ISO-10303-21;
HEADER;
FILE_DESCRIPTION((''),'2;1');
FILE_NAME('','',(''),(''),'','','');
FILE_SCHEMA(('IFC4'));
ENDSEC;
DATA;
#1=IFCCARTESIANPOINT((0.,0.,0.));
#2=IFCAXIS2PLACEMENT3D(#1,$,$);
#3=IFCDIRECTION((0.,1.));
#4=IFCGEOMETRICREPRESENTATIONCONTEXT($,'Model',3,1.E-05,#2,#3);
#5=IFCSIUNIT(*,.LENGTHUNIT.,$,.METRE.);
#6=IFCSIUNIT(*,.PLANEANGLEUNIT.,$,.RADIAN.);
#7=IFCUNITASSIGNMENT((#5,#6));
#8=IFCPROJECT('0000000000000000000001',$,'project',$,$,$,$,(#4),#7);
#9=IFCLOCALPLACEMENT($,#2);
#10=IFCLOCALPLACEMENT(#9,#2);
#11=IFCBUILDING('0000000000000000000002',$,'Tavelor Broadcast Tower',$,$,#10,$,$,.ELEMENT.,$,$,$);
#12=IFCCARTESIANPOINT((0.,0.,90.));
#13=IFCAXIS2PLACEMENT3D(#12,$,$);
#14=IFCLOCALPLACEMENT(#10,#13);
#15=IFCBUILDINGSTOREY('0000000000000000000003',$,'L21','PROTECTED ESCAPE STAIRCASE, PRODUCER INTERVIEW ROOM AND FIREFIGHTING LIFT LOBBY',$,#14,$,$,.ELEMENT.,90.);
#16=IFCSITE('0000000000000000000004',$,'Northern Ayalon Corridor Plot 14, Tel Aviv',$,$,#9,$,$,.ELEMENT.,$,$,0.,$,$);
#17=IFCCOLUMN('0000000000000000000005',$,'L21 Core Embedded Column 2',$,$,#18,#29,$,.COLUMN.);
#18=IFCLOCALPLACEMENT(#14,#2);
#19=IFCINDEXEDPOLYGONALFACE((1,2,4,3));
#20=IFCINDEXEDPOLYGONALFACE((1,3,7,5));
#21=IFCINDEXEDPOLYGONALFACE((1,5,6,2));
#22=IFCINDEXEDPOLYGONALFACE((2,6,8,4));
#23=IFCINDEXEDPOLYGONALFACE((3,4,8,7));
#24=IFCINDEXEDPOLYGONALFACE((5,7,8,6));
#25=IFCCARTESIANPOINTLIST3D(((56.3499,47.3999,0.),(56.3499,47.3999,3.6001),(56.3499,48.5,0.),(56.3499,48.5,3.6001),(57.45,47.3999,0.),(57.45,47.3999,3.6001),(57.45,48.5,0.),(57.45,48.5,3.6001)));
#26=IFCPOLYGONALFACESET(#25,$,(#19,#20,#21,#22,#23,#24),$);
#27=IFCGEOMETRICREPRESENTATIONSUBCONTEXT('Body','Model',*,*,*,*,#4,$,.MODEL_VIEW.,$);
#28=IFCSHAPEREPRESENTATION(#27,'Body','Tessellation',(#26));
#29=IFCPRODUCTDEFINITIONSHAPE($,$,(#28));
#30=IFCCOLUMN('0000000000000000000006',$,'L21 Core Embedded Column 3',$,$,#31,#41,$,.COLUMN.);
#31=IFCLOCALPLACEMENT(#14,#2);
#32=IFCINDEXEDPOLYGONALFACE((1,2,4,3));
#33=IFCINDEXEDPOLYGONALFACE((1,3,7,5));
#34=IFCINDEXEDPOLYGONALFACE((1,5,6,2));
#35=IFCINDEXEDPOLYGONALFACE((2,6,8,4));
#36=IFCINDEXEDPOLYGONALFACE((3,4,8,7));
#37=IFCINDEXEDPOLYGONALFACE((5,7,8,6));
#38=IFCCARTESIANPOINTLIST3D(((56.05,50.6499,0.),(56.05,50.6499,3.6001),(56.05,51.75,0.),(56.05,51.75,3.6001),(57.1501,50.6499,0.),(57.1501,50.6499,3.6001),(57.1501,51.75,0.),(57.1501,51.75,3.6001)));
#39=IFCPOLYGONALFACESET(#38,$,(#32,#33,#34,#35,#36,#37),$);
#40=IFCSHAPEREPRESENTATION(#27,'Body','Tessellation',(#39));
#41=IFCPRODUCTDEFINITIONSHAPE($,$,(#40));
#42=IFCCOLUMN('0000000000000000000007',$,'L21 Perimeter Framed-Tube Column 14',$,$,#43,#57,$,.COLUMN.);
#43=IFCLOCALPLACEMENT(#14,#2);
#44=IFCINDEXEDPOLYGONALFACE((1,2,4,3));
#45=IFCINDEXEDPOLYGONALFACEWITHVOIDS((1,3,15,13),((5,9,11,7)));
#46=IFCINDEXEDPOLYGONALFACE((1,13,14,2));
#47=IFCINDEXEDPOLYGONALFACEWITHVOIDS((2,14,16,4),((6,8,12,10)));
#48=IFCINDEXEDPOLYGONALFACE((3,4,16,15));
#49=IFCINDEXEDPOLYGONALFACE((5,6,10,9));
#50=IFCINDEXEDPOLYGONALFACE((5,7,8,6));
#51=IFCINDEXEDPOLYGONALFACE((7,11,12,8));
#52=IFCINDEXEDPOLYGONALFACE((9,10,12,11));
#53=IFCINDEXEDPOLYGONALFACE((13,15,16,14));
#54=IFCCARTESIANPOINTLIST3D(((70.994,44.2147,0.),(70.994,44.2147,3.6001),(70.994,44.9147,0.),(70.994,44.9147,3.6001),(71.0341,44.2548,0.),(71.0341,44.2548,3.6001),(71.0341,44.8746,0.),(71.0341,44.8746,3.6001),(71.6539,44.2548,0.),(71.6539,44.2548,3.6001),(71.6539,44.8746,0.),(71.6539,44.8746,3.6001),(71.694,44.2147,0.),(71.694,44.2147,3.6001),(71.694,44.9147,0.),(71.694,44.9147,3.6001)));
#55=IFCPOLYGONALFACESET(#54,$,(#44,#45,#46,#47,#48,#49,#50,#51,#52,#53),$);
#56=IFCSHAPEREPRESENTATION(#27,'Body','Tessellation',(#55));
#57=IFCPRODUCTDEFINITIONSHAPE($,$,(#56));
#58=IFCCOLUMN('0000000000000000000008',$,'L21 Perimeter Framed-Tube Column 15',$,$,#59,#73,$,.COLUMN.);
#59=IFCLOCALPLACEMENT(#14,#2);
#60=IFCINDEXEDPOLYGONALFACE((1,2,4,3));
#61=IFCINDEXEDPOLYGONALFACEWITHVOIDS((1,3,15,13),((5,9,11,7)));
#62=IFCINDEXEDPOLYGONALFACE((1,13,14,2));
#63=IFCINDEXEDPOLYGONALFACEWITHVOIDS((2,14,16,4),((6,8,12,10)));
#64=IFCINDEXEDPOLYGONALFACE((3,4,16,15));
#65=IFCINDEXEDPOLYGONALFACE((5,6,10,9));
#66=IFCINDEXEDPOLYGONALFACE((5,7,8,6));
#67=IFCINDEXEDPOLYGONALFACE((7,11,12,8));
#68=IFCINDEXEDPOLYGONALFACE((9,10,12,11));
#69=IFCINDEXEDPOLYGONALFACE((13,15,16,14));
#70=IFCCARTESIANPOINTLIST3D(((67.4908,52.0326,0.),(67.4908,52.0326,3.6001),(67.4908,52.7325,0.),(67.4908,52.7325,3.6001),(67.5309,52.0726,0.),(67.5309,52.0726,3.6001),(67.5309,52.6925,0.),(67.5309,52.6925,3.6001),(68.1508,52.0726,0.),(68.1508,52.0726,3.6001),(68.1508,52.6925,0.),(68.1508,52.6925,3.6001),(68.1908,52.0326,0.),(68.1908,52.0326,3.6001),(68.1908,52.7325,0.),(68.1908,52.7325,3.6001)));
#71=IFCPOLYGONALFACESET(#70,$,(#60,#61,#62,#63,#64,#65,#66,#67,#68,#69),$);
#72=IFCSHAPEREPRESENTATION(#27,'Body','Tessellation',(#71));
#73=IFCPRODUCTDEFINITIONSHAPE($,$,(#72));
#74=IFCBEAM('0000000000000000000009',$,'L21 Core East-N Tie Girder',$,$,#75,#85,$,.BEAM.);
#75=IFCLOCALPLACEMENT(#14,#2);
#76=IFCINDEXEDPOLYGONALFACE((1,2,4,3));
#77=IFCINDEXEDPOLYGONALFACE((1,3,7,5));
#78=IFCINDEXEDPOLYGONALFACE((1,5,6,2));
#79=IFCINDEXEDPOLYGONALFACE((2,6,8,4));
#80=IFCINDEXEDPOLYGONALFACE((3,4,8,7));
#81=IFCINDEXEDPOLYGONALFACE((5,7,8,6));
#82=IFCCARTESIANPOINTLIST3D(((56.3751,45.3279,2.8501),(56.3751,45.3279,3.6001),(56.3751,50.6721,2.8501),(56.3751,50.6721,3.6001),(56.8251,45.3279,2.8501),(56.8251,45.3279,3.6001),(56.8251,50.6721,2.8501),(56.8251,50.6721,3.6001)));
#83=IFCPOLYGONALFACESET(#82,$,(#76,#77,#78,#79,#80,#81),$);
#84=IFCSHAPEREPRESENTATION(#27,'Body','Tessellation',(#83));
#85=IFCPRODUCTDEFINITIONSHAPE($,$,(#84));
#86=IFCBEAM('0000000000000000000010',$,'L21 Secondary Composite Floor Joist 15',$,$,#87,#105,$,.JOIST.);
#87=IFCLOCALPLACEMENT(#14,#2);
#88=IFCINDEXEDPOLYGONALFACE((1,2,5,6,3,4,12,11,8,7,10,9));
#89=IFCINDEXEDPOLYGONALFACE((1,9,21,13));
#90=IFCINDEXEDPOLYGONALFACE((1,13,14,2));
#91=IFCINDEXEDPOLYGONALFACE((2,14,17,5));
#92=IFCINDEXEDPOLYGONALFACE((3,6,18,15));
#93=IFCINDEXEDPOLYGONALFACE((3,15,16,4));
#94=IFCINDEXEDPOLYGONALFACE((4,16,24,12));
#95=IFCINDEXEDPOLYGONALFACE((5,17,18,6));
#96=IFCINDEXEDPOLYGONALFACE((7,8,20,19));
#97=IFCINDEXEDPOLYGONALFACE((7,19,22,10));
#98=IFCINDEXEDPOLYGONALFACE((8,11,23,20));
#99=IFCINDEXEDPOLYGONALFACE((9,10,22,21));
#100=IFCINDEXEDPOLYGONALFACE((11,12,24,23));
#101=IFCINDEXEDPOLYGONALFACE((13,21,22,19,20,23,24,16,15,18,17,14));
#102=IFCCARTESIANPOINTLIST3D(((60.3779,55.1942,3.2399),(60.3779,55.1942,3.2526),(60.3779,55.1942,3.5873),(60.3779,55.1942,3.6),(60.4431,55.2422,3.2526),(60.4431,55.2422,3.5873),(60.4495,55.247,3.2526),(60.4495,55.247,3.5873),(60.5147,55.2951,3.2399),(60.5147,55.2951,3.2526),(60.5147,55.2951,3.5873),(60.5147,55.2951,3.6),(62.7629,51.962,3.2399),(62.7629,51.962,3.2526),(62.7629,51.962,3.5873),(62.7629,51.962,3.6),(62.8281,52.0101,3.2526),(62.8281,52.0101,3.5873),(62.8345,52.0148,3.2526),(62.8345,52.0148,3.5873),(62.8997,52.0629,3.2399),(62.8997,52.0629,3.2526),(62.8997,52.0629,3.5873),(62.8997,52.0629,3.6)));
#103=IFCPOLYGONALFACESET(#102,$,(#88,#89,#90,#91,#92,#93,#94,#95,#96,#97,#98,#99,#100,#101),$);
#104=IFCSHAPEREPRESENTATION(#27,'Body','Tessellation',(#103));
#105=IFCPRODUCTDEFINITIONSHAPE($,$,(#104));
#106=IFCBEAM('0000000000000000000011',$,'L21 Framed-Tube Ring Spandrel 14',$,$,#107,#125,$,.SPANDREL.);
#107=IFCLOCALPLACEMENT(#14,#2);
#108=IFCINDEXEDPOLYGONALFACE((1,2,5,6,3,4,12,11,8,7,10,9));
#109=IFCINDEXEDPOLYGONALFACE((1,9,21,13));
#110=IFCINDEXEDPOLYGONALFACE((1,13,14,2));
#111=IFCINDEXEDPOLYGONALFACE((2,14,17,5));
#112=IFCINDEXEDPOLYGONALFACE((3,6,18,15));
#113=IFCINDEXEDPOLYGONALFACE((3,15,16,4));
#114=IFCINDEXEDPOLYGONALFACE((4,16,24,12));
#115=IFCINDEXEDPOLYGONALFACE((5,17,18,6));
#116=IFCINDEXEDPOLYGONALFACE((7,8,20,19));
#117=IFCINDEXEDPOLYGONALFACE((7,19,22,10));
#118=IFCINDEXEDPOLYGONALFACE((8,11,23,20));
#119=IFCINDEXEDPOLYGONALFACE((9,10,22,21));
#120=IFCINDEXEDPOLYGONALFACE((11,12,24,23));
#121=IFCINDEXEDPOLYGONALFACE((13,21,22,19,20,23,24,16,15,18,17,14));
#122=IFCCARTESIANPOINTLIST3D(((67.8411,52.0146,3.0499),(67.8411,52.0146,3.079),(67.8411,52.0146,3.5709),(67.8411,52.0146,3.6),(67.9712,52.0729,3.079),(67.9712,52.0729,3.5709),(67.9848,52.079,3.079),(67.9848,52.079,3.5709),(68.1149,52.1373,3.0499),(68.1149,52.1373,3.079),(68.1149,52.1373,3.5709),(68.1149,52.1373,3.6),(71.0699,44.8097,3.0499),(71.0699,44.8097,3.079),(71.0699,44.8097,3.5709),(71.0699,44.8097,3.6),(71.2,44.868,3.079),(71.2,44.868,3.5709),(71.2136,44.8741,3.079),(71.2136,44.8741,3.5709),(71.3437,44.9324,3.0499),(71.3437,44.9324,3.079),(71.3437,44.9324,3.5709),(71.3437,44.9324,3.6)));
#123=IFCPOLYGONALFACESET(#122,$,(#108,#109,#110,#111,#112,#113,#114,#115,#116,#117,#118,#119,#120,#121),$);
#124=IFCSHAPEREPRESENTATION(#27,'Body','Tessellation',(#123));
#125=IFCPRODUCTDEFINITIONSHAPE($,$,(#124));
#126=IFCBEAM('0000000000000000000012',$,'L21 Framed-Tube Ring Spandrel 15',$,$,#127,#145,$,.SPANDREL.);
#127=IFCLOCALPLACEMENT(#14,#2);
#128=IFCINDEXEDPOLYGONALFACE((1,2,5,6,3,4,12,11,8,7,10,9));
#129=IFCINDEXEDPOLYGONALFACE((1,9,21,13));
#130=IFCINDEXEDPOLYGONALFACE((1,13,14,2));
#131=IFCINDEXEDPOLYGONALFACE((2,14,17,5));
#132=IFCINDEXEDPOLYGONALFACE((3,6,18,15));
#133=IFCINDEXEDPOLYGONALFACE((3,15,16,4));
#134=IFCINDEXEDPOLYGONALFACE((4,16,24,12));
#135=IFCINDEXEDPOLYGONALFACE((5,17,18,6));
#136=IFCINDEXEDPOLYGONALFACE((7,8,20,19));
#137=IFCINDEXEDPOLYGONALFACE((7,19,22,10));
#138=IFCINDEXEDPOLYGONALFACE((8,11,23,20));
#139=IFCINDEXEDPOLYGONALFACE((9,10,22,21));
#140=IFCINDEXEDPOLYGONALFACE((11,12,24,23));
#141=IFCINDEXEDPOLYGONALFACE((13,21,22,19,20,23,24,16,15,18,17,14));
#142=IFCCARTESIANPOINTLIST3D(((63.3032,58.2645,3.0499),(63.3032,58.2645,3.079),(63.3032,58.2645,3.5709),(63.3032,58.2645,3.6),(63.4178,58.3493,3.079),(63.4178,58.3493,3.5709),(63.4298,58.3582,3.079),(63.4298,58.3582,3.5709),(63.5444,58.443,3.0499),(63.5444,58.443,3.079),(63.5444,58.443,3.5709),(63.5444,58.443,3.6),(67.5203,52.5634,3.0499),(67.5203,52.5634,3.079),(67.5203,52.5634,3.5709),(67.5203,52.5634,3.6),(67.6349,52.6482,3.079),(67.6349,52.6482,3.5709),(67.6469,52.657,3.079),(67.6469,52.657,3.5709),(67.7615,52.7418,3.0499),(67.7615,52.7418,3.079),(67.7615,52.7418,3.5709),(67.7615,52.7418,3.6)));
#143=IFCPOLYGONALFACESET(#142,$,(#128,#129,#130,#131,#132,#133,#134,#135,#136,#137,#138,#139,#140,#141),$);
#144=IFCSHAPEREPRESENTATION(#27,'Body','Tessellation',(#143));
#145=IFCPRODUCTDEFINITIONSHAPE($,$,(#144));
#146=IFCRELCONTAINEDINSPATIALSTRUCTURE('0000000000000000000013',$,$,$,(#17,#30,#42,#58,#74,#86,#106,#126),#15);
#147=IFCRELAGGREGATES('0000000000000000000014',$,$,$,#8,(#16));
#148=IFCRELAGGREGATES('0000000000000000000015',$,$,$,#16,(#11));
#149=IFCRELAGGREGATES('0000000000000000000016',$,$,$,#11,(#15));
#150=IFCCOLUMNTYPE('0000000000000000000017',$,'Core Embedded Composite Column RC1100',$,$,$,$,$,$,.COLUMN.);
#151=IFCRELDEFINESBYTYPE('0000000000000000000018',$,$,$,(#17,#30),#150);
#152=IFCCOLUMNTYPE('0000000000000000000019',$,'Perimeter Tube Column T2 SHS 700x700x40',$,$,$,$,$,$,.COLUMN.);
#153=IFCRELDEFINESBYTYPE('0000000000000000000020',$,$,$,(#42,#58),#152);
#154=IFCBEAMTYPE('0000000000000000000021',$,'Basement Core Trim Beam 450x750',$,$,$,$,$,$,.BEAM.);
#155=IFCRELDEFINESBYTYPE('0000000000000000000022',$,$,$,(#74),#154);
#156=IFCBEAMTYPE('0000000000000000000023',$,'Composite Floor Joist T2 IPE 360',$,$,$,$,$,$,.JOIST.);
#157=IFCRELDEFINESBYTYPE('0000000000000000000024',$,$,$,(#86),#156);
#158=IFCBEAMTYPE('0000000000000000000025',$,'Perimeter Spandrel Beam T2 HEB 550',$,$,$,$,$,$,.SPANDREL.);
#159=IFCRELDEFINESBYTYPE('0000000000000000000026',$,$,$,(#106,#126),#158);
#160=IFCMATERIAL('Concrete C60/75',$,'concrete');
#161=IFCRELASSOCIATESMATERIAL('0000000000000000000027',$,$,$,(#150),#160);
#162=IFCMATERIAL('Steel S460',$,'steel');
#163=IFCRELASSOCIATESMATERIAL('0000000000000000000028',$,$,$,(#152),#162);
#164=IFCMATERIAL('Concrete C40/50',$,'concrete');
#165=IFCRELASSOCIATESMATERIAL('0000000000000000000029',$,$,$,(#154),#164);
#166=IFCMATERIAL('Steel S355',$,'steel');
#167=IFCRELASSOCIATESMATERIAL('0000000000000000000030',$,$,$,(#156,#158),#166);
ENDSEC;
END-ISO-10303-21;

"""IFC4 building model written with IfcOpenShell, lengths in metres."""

from ifc_helpers import new_model, si_unit, direction, frame, origin, origin_2d, place, context, subcontext, project, spatial, rectangle, hollow_rectangle, i_section, extrude, material, material_profile, profile_set, type_object, element, save


model = new_model("IFC4")

# Units and contexts
model_context = context("Model", 3, precision=1e-05, world=origin(), true_north=direction((0.0, 1.0)))
body_context = subcontext(model_context, "Body", "Model", "MODEL_VIEW")
ifc_project = project(units=[si_unit("LENGTHUNIT", "METRE"), si_unit("PLANEANGLEUNIT", "RADIAN")], contexts=[model_context])

# Site, building, storey
site_placement = place(None, origin())
site = spatial("IfcSite", under=ifc_project, at=site_placement, Name="Northern Ayalon Corridor Plot 14, Tel Aviv", CompositionType="ELEMENT", RefElevation=0.0)
building_placement = place(site_placement, origin())
building = spatial("IfcBuilding", under=site, at=building_placement, Name="Tavelor Broadcast Tower", CompositionType="ELEMENT")
storey_placement = place(building_placement, frame((0.0, 0.0, 90.0)))
storey = spatial("IfcBuildingStorey", under=building, at=storey_placement, Name="L21", Description="PROTECTED ESCAPE STAIRCASE, PRODUCER INTERVIEW ROOM AND FIREFIGHTING LIFT LOBBY", CompositionType="ELEMENT", Elevation=90.0)

# Columns
ifc_material_1 = material(Name="Concrete C60/75", Category="concrete")
ifc_material_profile_1 = material_profile(ifc_material_1, rectangle(XDim=1.1001, YDim=1.1001, at=origin_2d()), Name="RC 1100x1100")
ifc_profile_set_1 = profile_set([ifc_material_profile_1], Name="Concrete C60/75")
column_type_1 = type_object("IfcColumnType", Name="Core Embedded Composite Column RC1100", PredefinedType="COLUMN", material=ifc_profile_set_1)
for number, where, z_axis, x_axis, name in (
    (1, (56.8999, 47.95, 0.0), (0.0, 0.0, 1.0), (1.0, 0.0, 0.0), "L21 Core Embedded Column 2"),
    (2, (56.6001, 51.2, 0.0), (0.0, 0.0, 1.0), (1.0, 0.0, 0.0), "L21 Core Embedded Column 3"),
):
    element("IfcColumn", number, at=place(storey_placement, frame(where, z_axis=z_axis, x_axis=x_axis)), inside=storey, type_object=column_type_1, Name=name, PredefinedType="COLUMN", context=body_context, shape_type="SweptSolid", body=[
        extrude(rectangle(XDim=1.1001, YDim=1.1001, at=origin_2d()), origin(), (0.0, 0.0, 1.0), 3.6001),
    ])
ifc_material_2 = material(Name="Steel S460", Category="steel")
ifc_material_profile_2 = material_profile(ifc_material_2, hollow_rectangle(XDim=0.7, YDim=0.7, WallThickness=0.04, at=origin_2d()), Name="SHS 700x700x40")
ifc_profile_set_2 = profile_set([ifc_material_profile_2], Name="Steel S460")
column_type_2 = type_object("IfcColumnType", Name="Perimeter Tube Column T2 SHS 700x700x40", PredefinedType="COLUMN", material=ifc_profile_set_2)
for number, where, z_axis, x_axis, name in (
    (3, (71.344, 44.5647, 0.0), (0.0, 0.0, 1.0), (1.0, 0.0, 0.0), "L21 Perimeter Framed-Tube Column 14"),
    (4, (67.8408, 52.3826, 0.0), (0.0, 0.0, 1.0), (1.0, 0.0, 0.0), "L21 Perimeter Framed-Tube Column 15"),
):
    element("IfcColumn", number, at=place(storey_placement, frame(where, z_axis=z_axis, x_axis=x_axis)), inside=storey, type_object=column_type_2, Name=name, PredefinedType="COLUMN", context=body_context, shape_type="SweptSolid", body=[
        extrude(hollow_rectangle(XDim=0.7, YDim=0.7, WallThickness=0.04, at=origin_2d()), origin(), (0.0, 0.0, 1.0), 3.6001),
    ])

# Beams
ifc_material_3 = material(Name="Concrete C40/50", Category="concrete")
ifc_material_profile_3 = material_profile(ifc_material_3, rectangle(XDim=0.45, YDim=0.75, at=origin_2d()), Name="RC 450x750")
ifc_profile_set_3 = profile_set([ifc_material_profile_3], Name="Concrete C40/50")
beam_type_1 = type_object("IfcBeamType", Name="Basement Core Trim Beam 450x750", PredefinedType="BEAM", material=ifc_profile_set_3)
beam_1_placement = place(storey_placement, frame((56.6001, 45.3279, 3.2251), z_axis=(0.0, 1.0, 0.0), x_axis=(-1.0, 0.0, 0.0)))
element("IfcBeam", 5, at=beam_1_placement, inside=storey, type_object=beam_type_1, Name="L21 Core East-N Tie Girder", PredefinedType="BEAM", context=body_context, shape_type="SweptSolid", body=[
    extrude(rectangle(XDim=0.45, YDim=0.75, at=origin_2d()), origin(), (0.0, 0.0, 1.0), 5.3442),
])
ifc_material_4 = material(Name="Steel S355", Category="steel")
ifc_material_profile_4 = material_profile(ifc_material_4, i_section(OverallWidth=0.1699, OverallDepth=0.3601, WebThickness=0.0081, FlangeThickness=0.0127, at=origin_2d()), Name="IPE 360")
ifc_profile_set_4 = profile_set([ifc_material_profile_4], Name="Steel S355")
beam_type_2 = type_object("IfcBeamType", Name="Composite Floor Joist T2 IPE 360", PredefinedType="JOIST", material=ifc_profile_set_4)
beam_2_placement = place(storey_placement, frame((62.8313, 52.0125, 3.4199), z_axis=(-0.593748, 0.804651, 0.0), x_axis=(-0.804651, -0.593748, 0.0)))
element("IfcBeam", 6, at=beam_2_placement, inside=storey, type_object=beam_type_2, Name="L21 Secondary Composite Floor Joist 15", PredefinedType="JOIST", context=body_context, shape_type="SweptSolid", body=[
    extrude(i_section(OverallWidth=0.1699, OverallDepth=0.3601, WebThickness=0.0081, FlangeThickness=0.0127, at=origin_2d()), origin(), (0.0, 0.0, 1.0), 4.0168),
])
ifc_material_profile_5 = material_profile(ifc_material_4, i_section(OverallWidth=0.3, OverallDepth=0.55, WebThickness=0.0149, FlangeThickness=0.0291, at=origin_2d()), Name="HEB 550")
ifc_profile_set_5 = profile_set([ifc_material_profile_5], Name="Steel S355")
beam_type_3 = type_object("IfcBeamType", Name="Perimeter Spandrel Beam T2 HEB 550", PredefinedType="SPANDREL", material=ifc_profile_set_5)
beam_3_placement = place(storey_placement, frame((71.2068, 44.8711, 3.325), z_axis=(-0.408951, 0.912556, 0.0), x_axis=(-0.912556, -0.408951, 0.0)))
element("IfcBeam", 7, at=beam_3_placement, inside=storey, type_object=beam_type_3, Name="L21 Framed-Tube Ring Spandrel 14", PredefinedType="SPANDREL", context=body_context, shape_type="SweptSolid", body=[
    extrude(i_section(OverallWidth=0.3, OverallDepth=0.55, WebThickness=0.0149, FlangeThickness=0.0291, at=origin_2d()), origin(), (0.0, 0.0, 1.0), 7.8953),
])
beam_4_placement = place(storey_placement, frame((67.6409, 52.6526, 3.325), z_axis=(-0.594677, 0.803965, 0.0), x_axis=(-0.803965, -0.594677, 0.0)))
element("IfcBeam", 8, at=beam_4_placement, inside=storey, type_object=beam_type_3, Name="L21 Framed-Tube Ring Spandrel 15", PredefinedType="SPANDREL", context=body_context, shape_type="SweptSolid", body=[
    extrude(i_section(OverallWidth=0.3, OverallDepth=0.55, WebThickness=0.0149, FlangeThickness=0.0291, at=origin_2d()), origin(), (0.0, 0.0, 1.0), 7.0913),
])

save(model, "model.ifc")
